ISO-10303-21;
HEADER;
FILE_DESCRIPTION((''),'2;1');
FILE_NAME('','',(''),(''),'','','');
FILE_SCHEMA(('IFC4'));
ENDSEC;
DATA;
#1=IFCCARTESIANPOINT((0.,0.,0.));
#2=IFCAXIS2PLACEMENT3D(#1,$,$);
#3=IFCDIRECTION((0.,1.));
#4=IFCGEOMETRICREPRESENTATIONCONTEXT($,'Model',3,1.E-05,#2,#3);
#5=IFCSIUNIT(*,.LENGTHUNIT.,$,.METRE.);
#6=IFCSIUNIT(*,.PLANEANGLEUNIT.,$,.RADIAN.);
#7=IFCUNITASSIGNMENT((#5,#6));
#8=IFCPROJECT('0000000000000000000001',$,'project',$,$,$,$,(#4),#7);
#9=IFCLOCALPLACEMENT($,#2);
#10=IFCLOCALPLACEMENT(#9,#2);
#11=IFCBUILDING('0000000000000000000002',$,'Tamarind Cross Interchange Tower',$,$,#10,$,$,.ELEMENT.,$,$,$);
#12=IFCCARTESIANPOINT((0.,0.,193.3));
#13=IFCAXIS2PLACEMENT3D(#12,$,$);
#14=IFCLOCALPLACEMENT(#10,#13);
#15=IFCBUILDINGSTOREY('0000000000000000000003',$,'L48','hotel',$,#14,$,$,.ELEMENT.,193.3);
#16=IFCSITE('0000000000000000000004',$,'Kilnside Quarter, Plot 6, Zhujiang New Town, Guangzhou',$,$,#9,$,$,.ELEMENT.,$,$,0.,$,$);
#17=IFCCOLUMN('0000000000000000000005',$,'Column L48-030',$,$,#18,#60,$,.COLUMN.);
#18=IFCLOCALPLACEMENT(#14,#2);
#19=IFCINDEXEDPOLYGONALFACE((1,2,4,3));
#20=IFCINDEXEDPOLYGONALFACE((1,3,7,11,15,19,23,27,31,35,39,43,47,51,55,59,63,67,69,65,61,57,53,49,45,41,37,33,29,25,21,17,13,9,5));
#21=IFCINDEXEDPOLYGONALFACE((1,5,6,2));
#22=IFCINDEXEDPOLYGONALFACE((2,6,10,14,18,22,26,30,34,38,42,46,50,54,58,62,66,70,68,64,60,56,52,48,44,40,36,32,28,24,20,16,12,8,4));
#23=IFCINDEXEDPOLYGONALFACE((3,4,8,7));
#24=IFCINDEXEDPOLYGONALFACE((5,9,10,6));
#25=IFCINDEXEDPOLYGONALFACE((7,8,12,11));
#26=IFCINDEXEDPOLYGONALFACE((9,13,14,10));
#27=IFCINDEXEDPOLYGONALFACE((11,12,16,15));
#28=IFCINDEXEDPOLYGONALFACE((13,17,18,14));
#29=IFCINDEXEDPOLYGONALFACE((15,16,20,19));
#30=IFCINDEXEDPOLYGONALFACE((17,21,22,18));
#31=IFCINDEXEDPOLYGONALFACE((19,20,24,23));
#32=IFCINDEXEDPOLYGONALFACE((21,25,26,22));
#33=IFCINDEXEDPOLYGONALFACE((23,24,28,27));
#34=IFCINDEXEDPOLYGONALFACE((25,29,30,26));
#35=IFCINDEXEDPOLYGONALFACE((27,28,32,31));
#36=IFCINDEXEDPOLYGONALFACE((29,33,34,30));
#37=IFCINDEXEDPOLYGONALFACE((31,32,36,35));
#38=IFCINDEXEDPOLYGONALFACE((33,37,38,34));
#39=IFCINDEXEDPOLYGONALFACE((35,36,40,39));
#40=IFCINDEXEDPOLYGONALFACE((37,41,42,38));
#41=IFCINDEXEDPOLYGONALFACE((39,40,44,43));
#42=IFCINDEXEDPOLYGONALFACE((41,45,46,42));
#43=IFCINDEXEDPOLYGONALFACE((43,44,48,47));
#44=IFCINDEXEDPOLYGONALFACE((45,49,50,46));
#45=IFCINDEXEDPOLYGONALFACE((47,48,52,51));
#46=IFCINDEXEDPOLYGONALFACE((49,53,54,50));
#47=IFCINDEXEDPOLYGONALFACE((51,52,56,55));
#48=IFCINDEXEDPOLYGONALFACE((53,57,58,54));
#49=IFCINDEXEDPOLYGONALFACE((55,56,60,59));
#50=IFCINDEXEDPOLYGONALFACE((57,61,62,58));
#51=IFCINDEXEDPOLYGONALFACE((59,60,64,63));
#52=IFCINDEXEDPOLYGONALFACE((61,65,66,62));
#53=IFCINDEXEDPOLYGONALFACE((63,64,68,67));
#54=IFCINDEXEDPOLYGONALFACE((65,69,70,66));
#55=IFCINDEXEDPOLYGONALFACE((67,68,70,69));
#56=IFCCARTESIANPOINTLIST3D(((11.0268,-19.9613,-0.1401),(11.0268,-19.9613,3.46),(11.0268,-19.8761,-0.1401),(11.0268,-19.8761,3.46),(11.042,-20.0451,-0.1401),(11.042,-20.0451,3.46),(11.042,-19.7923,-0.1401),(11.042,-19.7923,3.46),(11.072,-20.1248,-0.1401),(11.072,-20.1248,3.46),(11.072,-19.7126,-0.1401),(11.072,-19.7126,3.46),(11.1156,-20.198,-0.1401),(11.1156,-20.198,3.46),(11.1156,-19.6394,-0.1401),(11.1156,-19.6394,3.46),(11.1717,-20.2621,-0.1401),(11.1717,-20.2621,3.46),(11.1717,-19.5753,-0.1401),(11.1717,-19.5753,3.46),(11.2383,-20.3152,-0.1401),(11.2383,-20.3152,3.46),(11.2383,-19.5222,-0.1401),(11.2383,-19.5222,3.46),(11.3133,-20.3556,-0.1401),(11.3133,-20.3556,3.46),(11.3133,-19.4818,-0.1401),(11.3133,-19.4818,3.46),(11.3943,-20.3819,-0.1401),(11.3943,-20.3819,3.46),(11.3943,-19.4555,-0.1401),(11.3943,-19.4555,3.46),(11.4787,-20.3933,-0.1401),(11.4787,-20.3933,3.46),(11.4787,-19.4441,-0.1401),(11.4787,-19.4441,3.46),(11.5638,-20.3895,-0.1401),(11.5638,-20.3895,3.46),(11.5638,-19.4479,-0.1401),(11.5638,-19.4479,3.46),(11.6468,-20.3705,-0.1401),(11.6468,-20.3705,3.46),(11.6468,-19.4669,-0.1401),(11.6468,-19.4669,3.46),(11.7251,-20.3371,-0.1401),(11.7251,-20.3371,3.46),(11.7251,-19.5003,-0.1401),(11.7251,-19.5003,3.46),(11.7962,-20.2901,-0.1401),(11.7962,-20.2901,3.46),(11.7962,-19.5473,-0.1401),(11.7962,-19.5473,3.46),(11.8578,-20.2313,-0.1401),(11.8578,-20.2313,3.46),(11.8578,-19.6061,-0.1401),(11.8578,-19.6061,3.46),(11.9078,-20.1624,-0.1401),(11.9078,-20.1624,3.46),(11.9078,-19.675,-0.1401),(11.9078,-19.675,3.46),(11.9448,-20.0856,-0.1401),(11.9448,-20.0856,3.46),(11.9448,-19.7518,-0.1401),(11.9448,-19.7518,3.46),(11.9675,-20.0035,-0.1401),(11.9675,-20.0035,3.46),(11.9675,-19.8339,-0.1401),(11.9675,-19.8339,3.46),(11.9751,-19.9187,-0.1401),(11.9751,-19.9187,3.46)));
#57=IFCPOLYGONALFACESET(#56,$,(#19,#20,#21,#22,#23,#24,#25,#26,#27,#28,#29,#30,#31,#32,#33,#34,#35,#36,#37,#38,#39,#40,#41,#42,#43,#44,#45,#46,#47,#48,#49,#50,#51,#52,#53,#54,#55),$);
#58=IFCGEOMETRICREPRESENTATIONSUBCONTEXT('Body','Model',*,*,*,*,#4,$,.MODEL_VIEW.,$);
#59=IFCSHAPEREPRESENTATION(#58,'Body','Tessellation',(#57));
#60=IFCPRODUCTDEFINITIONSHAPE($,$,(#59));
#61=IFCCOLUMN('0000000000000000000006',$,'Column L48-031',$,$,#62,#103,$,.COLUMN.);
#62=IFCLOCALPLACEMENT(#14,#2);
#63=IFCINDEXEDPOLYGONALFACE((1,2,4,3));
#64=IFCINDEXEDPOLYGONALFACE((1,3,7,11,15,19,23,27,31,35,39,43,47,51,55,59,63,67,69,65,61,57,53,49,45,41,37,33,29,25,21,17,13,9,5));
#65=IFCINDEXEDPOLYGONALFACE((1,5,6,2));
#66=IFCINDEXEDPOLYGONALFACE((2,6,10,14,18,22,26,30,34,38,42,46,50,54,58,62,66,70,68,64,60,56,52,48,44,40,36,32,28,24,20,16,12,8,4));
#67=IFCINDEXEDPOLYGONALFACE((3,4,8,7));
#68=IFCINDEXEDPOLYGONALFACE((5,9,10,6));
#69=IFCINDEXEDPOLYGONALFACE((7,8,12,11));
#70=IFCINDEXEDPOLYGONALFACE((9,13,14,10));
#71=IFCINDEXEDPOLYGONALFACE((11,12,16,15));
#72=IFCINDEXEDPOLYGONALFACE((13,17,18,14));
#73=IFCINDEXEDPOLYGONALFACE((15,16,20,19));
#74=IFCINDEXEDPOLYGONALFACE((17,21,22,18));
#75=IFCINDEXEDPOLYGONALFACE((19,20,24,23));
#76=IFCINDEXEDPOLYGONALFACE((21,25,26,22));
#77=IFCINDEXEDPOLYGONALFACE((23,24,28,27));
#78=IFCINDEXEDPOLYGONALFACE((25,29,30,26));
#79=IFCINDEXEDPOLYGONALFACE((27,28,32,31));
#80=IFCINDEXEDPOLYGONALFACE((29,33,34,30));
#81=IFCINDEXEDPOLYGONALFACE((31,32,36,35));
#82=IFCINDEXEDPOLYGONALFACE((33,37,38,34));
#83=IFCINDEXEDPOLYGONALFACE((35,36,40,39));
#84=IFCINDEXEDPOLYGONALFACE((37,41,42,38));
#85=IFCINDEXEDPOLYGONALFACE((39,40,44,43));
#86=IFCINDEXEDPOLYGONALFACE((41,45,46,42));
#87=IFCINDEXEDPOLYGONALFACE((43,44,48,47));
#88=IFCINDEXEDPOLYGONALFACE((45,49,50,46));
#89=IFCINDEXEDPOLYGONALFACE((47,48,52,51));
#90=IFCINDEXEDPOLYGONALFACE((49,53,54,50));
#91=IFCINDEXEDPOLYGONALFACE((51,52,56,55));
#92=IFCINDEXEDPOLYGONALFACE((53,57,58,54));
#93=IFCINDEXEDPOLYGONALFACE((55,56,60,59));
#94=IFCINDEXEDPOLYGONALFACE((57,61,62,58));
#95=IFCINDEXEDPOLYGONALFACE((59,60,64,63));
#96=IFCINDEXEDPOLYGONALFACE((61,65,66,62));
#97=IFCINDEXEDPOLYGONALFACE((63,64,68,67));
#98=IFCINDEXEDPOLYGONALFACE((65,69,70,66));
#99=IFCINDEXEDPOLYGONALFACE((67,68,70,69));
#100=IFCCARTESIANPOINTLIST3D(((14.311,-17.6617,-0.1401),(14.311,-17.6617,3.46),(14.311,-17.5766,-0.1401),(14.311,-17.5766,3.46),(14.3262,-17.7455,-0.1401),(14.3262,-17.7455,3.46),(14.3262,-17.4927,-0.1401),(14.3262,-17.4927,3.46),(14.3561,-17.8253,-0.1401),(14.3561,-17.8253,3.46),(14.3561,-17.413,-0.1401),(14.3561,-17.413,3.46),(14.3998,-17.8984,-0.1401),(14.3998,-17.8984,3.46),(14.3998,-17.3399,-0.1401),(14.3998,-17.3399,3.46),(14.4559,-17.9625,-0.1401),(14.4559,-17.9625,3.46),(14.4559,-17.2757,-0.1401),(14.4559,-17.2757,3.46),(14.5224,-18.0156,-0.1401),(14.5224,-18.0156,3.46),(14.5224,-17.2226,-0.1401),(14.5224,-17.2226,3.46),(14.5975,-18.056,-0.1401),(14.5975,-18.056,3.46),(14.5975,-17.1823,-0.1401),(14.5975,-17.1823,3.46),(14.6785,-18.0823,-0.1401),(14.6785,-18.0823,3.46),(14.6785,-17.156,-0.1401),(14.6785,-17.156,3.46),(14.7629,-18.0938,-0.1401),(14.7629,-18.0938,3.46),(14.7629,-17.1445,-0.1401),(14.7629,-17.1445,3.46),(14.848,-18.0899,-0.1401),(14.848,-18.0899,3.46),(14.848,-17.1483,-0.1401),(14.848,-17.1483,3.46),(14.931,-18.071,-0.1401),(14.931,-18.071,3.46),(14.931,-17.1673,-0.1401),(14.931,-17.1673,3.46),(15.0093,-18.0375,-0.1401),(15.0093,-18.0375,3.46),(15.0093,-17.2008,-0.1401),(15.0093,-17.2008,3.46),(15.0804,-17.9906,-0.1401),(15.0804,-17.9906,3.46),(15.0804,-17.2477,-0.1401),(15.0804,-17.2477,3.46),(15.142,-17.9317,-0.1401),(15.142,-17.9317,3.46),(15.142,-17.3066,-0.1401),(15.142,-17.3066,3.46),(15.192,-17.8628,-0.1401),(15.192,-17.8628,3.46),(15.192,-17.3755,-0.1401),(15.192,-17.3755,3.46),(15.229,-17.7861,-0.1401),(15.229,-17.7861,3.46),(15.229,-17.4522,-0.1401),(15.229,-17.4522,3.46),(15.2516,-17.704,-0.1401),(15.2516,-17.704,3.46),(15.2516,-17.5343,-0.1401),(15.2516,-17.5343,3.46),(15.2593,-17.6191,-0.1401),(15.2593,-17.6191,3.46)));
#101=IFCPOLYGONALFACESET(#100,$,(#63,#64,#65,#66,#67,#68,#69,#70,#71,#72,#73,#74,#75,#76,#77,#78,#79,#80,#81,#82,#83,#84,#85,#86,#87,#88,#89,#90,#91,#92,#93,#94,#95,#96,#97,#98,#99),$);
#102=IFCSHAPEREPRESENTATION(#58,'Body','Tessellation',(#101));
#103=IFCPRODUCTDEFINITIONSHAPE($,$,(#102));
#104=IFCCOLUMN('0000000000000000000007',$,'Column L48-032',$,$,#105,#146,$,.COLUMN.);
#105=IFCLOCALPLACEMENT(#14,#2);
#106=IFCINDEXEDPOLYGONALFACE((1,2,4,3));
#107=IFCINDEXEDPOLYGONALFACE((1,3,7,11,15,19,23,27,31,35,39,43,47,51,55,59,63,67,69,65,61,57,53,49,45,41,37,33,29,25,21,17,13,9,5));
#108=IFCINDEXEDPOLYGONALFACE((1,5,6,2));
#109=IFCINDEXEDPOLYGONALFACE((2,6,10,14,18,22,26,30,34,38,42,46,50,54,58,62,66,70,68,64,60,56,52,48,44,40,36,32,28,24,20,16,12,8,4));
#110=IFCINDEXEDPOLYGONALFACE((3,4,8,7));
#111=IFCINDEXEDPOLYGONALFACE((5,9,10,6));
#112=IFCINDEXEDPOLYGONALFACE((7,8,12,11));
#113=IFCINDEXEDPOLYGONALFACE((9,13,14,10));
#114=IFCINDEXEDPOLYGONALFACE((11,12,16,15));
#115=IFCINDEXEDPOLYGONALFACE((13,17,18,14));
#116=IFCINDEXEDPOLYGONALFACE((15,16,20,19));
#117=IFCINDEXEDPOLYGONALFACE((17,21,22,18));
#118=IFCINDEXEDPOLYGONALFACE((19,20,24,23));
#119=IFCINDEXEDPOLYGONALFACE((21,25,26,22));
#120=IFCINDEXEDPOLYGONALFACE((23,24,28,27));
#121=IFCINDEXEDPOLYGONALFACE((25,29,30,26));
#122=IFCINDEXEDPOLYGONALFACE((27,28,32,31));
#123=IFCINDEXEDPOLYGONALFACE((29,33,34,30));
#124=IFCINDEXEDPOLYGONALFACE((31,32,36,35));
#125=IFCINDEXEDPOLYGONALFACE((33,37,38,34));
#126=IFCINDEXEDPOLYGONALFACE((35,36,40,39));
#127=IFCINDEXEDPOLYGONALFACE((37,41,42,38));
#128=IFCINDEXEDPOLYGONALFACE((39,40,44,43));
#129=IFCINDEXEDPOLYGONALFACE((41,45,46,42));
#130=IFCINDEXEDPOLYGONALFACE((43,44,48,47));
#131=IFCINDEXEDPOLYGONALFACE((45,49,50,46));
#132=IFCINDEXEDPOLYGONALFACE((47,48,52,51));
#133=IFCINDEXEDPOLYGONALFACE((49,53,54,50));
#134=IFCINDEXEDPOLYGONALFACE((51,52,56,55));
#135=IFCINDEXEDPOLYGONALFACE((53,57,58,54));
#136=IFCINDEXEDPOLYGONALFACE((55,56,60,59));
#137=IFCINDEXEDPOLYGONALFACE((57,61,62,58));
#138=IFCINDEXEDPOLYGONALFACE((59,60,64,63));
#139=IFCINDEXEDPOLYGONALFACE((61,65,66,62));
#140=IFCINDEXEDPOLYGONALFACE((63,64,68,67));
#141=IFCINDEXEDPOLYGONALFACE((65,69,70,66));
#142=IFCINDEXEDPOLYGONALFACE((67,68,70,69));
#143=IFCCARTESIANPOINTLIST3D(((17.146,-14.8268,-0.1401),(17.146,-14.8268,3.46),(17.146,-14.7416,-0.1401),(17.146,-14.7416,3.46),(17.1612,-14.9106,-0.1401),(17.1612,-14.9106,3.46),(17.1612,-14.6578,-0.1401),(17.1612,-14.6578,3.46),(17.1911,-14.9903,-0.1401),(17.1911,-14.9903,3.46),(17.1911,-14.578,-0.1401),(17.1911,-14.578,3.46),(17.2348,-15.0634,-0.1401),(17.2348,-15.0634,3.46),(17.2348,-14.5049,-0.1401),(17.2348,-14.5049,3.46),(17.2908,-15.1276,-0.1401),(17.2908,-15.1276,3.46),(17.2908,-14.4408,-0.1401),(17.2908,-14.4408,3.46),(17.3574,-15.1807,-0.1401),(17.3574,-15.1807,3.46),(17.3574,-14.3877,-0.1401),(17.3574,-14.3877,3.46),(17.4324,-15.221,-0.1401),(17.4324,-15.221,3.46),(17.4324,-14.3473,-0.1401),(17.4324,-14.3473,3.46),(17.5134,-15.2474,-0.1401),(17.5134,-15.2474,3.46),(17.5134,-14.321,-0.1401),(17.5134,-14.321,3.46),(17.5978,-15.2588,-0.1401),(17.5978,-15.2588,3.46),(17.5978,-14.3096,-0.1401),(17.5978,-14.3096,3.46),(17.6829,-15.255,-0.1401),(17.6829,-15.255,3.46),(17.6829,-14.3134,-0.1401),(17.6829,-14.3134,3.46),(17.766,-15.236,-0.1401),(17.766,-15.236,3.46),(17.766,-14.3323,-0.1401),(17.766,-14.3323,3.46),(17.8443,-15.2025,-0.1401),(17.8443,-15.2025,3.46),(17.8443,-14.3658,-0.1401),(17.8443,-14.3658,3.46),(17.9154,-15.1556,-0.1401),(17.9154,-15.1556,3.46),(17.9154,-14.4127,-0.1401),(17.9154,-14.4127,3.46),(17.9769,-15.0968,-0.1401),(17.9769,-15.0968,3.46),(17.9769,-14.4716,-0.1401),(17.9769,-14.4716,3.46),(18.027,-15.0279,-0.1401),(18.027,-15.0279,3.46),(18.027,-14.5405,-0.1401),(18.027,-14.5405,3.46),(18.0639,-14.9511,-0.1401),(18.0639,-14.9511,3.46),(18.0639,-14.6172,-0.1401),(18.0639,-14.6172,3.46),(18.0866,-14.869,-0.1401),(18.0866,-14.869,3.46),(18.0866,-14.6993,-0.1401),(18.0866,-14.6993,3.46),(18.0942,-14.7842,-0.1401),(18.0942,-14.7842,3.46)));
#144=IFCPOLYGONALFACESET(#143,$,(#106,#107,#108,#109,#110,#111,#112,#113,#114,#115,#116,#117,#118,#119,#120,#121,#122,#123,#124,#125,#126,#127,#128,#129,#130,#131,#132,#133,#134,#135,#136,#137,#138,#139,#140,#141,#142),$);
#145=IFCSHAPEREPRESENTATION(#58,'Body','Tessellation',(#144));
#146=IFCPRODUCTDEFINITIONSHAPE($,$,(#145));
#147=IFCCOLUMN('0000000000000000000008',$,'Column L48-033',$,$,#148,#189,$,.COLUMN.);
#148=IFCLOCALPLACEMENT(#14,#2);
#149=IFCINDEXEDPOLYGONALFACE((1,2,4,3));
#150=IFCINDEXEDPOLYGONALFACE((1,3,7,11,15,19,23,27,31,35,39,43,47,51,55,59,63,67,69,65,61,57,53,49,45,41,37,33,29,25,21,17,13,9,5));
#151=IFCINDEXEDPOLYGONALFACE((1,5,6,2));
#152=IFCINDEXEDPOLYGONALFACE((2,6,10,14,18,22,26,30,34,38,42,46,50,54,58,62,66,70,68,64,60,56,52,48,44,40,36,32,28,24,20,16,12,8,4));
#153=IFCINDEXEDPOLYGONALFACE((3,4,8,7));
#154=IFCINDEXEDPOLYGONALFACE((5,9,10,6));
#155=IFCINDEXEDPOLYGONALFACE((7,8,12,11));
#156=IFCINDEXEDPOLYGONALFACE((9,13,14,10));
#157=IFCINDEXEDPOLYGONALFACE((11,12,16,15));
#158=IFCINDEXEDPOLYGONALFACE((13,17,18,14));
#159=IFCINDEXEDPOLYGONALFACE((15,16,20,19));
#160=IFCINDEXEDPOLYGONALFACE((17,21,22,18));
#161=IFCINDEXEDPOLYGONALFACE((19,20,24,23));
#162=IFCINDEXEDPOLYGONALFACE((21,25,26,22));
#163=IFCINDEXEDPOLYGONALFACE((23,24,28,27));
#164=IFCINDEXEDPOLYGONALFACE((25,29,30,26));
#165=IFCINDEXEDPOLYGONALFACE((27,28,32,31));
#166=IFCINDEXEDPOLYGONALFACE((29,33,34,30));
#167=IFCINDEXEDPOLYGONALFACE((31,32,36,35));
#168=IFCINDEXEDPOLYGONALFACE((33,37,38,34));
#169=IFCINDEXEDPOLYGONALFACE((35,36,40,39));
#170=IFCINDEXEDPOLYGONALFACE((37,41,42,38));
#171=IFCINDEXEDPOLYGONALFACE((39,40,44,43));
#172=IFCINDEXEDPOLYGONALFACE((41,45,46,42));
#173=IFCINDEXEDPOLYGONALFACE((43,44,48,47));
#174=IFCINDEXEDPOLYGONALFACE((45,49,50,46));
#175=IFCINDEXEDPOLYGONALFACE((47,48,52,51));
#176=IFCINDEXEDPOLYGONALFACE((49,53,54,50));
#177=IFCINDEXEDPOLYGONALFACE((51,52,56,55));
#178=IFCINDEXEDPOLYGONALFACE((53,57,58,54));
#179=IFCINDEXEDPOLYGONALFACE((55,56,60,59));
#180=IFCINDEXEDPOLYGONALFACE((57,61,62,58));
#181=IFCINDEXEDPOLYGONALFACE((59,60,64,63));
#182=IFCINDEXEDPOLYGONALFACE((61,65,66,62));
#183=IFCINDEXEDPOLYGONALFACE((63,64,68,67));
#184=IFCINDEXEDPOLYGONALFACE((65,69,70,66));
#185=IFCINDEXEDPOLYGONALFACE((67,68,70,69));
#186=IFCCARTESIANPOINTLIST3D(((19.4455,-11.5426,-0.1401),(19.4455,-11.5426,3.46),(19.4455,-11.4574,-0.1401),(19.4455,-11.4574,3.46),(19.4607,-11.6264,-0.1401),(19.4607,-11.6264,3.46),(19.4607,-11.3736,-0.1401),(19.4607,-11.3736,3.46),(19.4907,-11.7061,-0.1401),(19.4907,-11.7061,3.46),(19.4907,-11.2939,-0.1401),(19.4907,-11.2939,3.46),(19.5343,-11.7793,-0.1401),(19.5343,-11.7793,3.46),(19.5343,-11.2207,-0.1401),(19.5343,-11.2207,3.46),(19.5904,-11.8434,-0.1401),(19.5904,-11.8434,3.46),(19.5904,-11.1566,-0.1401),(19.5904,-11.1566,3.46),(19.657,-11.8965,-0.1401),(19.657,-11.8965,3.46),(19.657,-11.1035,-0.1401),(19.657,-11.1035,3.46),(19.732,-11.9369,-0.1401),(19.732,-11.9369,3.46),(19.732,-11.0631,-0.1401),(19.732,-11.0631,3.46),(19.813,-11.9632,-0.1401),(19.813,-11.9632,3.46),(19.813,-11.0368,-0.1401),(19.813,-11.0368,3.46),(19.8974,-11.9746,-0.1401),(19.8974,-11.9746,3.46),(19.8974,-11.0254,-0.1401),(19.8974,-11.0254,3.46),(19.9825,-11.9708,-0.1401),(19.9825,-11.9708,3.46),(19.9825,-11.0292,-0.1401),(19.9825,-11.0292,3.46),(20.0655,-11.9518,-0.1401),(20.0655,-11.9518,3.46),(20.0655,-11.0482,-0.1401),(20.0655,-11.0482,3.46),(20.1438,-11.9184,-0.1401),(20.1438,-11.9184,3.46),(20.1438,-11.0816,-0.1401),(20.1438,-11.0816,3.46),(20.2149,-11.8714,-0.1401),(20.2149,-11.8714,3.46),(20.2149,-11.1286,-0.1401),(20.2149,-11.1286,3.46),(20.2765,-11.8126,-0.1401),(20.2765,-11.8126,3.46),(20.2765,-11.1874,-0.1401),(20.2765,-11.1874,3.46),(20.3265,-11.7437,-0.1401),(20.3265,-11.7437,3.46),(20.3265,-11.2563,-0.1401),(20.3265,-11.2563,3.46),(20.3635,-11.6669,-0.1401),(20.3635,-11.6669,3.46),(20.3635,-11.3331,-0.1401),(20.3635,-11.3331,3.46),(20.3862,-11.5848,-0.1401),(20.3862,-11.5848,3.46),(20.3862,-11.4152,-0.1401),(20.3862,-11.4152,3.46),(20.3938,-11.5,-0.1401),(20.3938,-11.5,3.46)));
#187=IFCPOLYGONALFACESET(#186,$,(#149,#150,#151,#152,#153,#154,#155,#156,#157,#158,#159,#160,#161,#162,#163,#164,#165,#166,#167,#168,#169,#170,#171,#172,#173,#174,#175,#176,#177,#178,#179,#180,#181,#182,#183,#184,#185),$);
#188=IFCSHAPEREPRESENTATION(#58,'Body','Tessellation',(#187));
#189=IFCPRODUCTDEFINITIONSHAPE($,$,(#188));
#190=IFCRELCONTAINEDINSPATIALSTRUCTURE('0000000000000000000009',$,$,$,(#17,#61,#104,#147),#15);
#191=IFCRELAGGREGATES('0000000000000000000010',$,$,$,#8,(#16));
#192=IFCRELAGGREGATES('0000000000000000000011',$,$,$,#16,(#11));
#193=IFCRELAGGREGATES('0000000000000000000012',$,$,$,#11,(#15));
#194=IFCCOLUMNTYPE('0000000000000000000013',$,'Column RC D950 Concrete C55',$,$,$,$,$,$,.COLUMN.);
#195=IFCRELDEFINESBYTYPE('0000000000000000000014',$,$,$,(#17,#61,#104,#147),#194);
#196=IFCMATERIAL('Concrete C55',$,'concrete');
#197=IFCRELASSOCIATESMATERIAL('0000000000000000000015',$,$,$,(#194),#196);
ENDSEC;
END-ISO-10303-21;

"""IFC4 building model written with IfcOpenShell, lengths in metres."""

from ifc_helpers import new_model, si_unit, direction, frame, origin, origin_2d, place, context, subcontext, project, spatial, circle, extrude, material, material_profile, profile_set, type_object, element, save


model = new_model("IFC4")

# Units and contexts
model_context = context("Model", 3, precision=1e-05, world=origin(), true_north=direction((0.0, 1.0)))
body_context = subcontext(model_context, "Body", "Model", "MODEL_VIEW")
ifc_project = project(units=[si_unit("LENGTHUNIT", "METRE"), si_unit("PLANEANGLEUNIT", "RADIAN")], contexts=[model_context])

# Site, building, storey
site_placement = place(None, origin())
site = spatial("IfcSite", under=ifc_project, at=site_placement, Name="Kilnside Quarter, Plot 6, Zhujiang New Town, Guangzhou", CompositionType="ELEMENT", RefElevation=0.0)
building_placement = place(site_placement, origin())
building = spatial("IfcBuilding", under=site, at=building_placement, Name="Tamarind Cross Interchange Tower", CompositionType="ELEMENT")
storey_placement = place(building_placement, frame((0.0, 0.0, 193.3)))
storey = spatial("IfcBuildingStorey", under=building, at=storey_placement, Name="L48", Description="hotel", CompositionType="ELEMENT", Elevation=193.3)

# Columns
ifc_material_1 = material(Name="Concrete C55", Category="concrete")
ifc_material_profile_1 = material_profile(ifc_material_1, circle(Radius=0.4751, at=origin_2d()), Name="RC D950")
ifc_profile_set_1 = profile_set([ifc_material_profile_1], Name="Concrete C55")
column_type = type_object("IfcColumnType", Name="Column RC D950 Concrete C55", PredefinedType="COLUMN", material=ifc_profile_set_1)
for number, where, z_axis, x_axis, name in (
    (1, (11.5, -19.9187, -0.1401), (0.0, 0.0, 1.0), (1.0, 0.0, 0.0), "Column L48-030"),
    (2, (14.7842, -17.6191, -0.1401), (0.0, 0.0, 1.0), (1.0, 0.0, 0.0), "Column L48-031"),
    (3, (17.6191, -14.7842, -0.1401), (0.0, 0.0, 1.0), (1.0, 0.0, 0.0), "Column L48-032"),
    (4, (19.9187, -11.5, -0.1401), (0.0, 0.0, 1.0), (1.0, 0.0, 0.0), "Column L48-033"),
):
    element("IfcColumn", number, at=place(storey_placement, frame(where, z_axis=z_axis, x_axis=x_axis)), inside=storey, type_object=column_type, Name=name, PredefinedType="COLUMN", context=body_context, shape_type="SweptSolid", body=[
        extrude(circle(Radius=0.4751, at=origin_2d()), origin(), (0.0, 0.0, 1.0), 3.6001),
    ])

save(model, "model.ifc")
